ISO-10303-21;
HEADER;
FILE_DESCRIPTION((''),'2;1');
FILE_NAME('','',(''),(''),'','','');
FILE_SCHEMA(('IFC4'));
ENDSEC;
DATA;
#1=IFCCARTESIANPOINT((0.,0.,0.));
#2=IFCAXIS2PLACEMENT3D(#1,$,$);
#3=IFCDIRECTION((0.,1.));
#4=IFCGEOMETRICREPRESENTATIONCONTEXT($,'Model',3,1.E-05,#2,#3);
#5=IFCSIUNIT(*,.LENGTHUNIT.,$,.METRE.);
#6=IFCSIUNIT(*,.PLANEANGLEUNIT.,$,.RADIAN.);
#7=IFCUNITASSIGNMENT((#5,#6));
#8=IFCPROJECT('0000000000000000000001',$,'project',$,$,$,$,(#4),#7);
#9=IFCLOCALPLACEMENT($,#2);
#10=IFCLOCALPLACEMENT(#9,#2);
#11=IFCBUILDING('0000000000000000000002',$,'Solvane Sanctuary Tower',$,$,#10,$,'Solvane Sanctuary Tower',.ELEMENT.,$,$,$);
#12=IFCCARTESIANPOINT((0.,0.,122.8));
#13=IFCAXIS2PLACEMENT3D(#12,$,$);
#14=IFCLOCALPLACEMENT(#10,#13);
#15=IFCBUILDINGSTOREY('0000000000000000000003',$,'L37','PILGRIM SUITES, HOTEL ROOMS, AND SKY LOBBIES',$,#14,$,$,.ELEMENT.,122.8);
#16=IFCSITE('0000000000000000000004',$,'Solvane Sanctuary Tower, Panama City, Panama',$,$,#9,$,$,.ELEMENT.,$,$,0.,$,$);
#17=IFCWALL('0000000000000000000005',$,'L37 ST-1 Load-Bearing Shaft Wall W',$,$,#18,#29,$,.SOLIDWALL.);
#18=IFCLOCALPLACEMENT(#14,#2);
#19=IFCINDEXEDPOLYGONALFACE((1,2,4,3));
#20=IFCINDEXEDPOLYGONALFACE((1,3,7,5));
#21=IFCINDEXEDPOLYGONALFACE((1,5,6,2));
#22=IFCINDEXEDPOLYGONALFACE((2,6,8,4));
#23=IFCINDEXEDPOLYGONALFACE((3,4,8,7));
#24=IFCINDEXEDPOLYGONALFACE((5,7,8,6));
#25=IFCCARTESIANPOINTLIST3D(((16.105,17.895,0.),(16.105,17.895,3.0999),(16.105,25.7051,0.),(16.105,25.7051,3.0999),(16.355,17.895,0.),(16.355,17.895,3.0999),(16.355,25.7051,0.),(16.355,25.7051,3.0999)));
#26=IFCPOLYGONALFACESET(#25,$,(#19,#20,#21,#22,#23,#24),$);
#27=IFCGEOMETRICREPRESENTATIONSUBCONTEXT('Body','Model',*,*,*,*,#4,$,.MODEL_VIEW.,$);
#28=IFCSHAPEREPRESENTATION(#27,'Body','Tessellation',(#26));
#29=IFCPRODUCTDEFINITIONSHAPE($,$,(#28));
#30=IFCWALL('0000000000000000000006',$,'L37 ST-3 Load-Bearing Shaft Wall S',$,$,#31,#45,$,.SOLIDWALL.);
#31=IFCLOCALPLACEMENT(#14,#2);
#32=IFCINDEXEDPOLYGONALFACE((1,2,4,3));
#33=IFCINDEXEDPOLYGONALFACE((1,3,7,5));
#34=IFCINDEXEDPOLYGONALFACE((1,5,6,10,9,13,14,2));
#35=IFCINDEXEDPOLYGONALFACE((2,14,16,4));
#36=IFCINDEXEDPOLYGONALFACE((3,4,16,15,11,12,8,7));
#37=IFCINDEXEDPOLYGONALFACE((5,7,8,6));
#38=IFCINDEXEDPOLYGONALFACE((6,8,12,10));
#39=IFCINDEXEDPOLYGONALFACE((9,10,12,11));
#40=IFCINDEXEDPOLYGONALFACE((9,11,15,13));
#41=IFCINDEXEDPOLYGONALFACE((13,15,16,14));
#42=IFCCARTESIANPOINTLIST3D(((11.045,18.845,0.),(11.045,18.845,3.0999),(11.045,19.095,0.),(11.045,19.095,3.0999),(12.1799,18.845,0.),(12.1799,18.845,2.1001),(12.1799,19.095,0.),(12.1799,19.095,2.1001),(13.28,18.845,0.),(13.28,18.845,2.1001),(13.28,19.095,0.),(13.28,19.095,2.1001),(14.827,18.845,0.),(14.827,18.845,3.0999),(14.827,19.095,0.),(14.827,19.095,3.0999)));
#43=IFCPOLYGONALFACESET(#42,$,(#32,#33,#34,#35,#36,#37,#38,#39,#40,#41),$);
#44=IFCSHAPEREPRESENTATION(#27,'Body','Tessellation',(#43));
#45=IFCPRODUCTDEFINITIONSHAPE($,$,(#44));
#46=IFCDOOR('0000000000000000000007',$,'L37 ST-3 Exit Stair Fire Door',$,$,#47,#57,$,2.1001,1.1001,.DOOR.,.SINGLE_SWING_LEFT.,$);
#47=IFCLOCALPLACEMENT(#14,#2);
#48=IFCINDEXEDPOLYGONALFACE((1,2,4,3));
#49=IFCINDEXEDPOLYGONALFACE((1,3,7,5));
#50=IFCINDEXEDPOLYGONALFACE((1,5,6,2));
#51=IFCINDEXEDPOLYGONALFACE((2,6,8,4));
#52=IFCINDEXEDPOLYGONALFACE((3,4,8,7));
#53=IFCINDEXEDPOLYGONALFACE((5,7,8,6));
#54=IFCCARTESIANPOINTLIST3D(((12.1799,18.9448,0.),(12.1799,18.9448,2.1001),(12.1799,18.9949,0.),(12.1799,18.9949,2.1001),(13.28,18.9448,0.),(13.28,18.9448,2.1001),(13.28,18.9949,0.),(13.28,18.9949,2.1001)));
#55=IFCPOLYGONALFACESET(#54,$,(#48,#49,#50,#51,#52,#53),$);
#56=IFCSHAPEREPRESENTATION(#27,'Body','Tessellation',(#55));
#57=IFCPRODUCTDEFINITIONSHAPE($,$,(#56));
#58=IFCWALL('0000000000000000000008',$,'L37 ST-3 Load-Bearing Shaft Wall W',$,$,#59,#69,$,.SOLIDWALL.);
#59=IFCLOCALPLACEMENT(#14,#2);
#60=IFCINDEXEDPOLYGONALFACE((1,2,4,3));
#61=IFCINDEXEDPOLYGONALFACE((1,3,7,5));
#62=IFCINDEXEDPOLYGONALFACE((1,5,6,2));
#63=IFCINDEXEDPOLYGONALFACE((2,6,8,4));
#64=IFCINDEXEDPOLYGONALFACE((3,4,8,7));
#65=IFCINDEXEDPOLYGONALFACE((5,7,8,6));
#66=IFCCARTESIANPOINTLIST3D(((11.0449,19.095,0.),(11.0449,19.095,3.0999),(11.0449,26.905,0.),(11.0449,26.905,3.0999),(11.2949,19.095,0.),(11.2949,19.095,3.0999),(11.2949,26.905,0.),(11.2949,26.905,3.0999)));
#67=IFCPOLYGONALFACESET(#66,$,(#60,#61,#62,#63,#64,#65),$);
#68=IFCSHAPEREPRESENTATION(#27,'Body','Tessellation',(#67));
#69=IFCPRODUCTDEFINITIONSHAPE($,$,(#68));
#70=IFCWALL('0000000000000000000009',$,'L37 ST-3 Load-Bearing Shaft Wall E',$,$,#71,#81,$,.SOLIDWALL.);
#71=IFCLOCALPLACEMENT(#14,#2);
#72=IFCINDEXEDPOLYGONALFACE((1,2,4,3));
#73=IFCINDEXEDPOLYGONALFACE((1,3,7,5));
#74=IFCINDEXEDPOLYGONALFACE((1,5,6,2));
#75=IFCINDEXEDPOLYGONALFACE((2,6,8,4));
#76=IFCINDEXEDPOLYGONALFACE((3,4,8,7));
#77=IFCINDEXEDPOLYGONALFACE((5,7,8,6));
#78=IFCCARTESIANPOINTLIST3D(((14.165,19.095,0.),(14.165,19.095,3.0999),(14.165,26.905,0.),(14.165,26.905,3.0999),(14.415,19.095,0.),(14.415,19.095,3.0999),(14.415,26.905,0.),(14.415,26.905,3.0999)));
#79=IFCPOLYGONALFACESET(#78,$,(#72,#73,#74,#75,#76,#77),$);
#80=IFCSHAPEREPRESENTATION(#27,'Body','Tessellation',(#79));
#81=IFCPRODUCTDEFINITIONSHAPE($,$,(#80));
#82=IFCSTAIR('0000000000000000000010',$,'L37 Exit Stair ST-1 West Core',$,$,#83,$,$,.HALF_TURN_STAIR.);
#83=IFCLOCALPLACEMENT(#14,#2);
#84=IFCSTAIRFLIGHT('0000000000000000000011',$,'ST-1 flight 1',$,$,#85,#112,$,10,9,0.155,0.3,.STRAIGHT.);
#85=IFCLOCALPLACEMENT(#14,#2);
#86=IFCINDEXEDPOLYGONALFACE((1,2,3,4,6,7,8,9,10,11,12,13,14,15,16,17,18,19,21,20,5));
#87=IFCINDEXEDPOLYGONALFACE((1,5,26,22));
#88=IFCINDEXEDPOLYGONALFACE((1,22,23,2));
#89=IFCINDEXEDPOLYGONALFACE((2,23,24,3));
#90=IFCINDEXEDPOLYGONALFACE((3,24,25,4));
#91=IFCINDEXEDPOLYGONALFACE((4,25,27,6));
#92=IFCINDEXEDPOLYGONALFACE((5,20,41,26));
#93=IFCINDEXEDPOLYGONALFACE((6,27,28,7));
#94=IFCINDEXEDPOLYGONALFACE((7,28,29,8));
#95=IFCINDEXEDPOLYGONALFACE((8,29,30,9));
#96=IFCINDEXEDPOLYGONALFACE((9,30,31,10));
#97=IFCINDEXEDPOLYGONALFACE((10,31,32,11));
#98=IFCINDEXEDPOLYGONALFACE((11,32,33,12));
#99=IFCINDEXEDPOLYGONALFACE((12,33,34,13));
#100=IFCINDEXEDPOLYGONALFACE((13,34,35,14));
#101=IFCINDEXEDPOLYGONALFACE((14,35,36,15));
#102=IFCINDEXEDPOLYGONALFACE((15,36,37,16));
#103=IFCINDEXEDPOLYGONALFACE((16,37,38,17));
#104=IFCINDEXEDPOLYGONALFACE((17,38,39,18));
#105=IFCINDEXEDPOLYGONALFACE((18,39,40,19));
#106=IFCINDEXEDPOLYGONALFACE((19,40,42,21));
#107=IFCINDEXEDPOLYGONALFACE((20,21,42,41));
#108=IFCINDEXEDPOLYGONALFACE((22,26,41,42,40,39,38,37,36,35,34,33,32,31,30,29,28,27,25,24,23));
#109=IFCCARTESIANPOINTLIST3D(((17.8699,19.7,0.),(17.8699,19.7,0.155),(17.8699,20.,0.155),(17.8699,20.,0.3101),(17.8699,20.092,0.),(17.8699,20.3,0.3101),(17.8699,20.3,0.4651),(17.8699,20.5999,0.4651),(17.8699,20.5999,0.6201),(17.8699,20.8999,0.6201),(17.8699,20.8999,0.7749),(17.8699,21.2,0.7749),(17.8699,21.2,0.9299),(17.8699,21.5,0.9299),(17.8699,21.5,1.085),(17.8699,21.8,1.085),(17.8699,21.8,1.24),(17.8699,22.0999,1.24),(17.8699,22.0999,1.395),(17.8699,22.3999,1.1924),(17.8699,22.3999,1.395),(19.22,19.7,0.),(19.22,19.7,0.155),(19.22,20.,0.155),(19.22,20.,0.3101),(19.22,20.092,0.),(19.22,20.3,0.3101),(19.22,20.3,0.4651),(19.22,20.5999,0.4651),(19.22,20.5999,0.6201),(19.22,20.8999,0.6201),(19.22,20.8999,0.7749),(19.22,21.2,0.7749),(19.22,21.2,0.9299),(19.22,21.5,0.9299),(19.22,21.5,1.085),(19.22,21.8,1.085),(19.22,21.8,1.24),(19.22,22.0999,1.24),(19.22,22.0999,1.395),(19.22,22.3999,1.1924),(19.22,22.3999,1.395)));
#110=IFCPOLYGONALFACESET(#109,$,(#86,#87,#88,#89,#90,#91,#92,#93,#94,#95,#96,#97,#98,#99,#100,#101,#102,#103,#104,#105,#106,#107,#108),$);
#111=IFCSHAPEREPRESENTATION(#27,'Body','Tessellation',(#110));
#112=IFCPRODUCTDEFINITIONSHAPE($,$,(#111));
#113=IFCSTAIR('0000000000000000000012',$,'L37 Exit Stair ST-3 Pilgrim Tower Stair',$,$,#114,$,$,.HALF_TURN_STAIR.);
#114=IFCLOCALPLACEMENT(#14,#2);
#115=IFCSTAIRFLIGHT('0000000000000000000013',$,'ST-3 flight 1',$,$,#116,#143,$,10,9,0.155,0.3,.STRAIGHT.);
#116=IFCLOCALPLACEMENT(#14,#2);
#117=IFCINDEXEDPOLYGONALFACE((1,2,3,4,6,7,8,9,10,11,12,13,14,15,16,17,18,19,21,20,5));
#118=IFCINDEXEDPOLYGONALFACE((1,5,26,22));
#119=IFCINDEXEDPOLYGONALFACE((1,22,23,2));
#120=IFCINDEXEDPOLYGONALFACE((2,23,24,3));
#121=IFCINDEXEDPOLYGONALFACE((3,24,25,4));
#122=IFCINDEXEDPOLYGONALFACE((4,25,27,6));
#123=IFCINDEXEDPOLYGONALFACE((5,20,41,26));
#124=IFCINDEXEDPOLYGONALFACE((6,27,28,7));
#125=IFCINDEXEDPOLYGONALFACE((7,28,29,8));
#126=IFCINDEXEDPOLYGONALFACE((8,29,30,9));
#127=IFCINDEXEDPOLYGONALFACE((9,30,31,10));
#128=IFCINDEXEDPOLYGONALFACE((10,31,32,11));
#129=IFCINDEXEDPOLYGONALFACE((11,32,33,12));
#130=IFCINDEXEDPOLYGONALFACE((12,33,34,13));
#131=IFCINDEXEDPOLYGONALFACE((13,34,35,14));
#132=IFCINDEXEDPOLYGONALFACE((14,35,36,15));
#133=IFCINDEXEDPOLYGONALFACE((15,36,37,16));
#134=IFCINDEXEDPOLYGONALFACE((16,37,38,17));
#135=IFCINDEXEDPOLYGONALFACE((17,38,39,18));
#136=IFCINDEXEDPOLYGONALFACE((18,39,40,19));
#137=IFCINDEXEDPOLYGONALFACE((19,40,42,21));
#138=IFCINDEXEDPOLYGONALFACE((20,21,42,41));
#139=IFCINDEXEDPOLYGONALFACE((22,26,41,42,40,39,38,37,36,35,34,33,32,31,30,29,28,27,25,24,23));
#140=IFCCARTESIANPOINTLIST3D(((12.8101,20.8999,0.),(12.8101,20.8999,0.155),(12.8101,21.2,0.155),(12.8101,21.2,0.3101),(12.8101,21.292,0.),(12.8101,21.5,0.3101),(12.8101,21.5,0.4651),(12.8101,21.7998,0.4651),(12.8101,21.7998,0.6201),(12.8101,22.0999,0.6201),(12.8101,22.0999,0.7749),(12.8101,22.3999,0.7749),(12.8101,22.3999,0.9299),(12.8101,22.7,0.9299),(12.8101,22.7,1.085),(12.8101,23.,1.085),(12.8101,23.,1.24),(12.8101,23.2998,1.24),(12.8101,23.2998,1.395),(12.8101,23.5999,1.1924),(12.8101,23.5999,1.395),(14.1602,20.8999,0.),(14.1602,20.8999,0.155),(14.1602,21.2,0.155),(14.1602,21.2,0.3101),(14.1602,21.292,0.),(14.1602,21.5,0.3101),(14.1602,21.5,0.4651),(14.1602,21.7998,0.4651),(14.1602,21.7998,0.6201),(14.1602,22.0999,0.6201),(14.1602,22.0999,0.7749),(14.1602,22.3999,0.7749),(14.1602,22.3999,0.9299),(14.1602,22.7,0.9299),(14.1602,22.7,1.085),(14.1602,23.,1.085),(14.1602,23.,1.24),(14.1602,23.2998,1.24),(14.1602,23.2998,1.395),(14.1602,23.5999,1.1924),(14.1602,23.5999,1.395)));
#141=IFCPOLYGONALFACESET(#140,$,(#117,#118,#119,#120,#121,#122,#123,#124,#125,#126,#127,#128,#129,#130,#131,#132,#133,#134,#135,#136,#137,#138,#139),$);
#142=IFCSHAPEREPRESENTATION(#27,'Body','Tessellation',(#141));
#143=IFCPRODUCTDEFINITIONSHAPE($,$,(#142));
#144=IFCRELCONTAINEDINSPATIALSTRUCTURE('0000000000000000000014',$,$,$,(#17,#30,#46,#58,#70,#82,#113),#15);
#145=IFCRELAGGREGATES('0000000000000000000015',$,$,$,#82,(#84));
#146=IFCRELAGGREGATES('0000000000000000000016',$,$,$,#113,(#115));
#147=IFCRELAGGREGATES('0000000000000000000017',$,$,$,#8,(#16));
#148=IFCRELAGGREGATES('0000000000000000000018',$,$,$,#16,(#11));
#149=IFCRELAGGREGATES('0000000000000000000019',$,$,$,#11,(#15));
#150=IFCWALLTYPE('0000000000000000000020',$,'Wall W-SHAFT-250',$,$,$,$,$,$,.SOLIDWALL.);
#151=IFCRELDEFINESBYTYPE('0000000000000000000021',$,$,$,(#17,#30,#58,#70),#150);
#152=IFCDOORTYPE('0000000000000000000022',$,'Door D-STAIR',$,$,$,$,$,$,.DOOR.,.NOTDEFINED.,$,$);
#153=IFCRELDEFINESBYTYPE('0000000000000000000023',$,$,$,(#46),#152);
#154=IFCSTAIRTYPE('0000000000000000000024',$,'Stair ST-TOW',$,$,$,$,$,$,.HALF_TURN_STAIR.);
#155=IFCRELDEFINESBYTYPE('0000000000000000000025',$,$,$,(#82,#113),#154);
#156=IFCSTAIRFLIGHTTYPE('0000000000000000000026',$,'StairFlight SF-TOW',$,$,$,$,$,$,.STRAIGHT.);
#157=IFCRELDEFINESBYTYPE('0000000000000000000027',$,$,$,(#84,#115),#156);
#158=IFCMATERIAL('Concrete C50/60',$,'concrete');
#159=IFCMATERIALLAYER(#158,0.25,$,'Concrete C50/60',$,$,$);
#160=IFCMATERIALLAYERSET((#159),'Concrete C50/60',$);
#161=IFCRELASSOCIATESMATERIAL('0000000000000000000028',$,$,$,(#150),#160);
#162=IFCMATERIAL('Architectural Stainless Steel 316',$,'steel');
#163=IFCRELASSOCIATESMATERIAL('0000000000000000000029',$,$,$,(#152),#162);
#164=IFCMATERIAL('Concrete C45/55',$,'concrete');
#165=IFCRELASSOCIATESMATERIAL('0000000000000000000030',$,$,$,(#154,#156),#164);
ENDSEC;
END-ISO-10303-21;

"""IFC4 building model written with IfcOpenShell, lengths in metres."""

from ifc_helpers import new_model, si_unit, direction, frame, frame_2d, origin, place, context, subcontext, project, spatial, polyline, rectangle, outline, extrude, material, layer, layer_set, type_object, element, fill, aggregate, save


model = new_model("IFC4")

# Units and contexts
model_context = context("Model", 3, precision=1e-05, world=origin(), true_north=direction((0.0, 1.0)))
body_context = subcontext(model_context, "Body", "Model", "MODEL_VIEW")
ifc_project = project(units=[si_unit("LENGTHUNIT", "METRE"), si_unit("PLANEANGLEUNIT", "RADIAN")], contexts=[model_context])

# Site, building, storey
site_placement = place(None, origin())
site = spatial("IfcSite", under=ifc_project, at=site_placement, Name="Solvane Sanctuary Tower, Panama City, Panama", CompositionType="ELEMENT", RefElevation=0.0)
building_placement = place(site_placement, origin())
building = spatial("IfcBuilding", under=site, at=building_placement, Name="Solvane Sanctuary Tower", LongName="Solvane Sanctuary Tower", CompositionType="ELEMENT")
storey_placement = place(building_placement, frame((0.0, 0.0, 122.8)))
storey = spatial("IfcBuildingStorey", under=building, at=storey_placement, Name="L37", Description="PILGRIM SUITES, HOTEL ROOMS, AND SKY LOBBIES", CompositionType="ELEMENT", Elevation=122.8)

# Shared definitions
ifc_material_1 = material(Name="Concrete C50/60", Category="concrete")
ifc_layer_1 = layer(ifc_material_1, 0.25, Name="Concrete C50/60")
ifc_layer_set_1 = layer_set([ifc_layer_1], Name="Concrete C50/60")
wall_type_1 = type_object("IfcWallType", Name="Wall W-SHAFT-250", PredefinedType="SOLIDWALL", material=ifc_layer_set_1)
ifc_material_2 = material(Name="Architectural Stainless Steel 316", Category="steel")
door_type_1 = type_object("IfcDoorType", Name="Door D-STAIR", OperationType="NOTDEFINED", PredefinedType="DOOR", material=ifc_material_2)

# Wall
wall_1_placement = place(storey_placement, frame((16.23, 17.895, 0.0), z_axis=(0.0, 0.0, 1.0), x_axis=(0.0, 1.0, 0.0)))
element("IfcWall", 1, at=wall_1_placement, inside=storey, type_object=wall_type_1, Name="L37 ST-1 Load-Bearing Shaft Wall W", PredefinedType="SOLIDWALL", context=body_context, shape_type="SweptSolid", body=[
    extrude(rectangle(XDim=7.8101, YDim=0.25, at=frame_2d((3.905, 0.0))), origin(), (0.0, 0.0, 1.0), 3.0999),
])

# Wall, opening, door
wall_2_placement = place(storey_placement, frame((11.0449, 18.97, 0.0), z_axis=(0.0, 0.0, 1.0), x_axis=(1.0, 0.0, 0.0)))
wall_2 = element("IfcWall", 2, at=wall_2_placement, inside=storey, type_object=wall_type_1, Name="L37 ST-3 Load-Bearing Shaft Wall S", PredefinedType="SOLIDWALL", context=body_context, shape_type="SweptSolid", body=[
    extrude(rectangle(XDim=3.782, YDim=0.25, at=frame_2d((1.8911, 0.0))), origin(), (0.0, 0.0, 1.0), 3.0999),
])
opening_1_placement = place(wall_2_placement, frame((1.135, 0.0, 0.0)))
opening_1 = element("IfcOpeningElement", 3, at=opening_1_placement, cuts=wall_2, PredefinedType="OPENING", context=body_context, shape_type="SweptSolid", body=[
    extrude(rectangle(XDim=1.1001, YDim=2.1001, at=frame_2d((0.55, 1.05))), frame((0.0, 0.135, 0.0), z_axis=(0.0, -1.0, 0.0), x_axis=(1.0, 0.0, 0.0)), (0.0, 0.0, 1.0), 0.27),
])
door_1_placement = place(opening_1_placement, origin())
door_1 = element("IfcDoor", 4, at=door_1_placement, inside=storey, type_object=door_type_1, Name="L37 ST-3 Exit Stair Fire Door", OperationType="SINGLE_SWING_LEFT", OverallHeight=2.1001, OverallWidth=1.1001, PredefinedType="DOOR", context=body_context, shape_type="SweptSolid", body=[
    extrude(rectangle(XDim=1.1001, YDim=2.1001, at=frame_2d((0.55, 1.05))), frame((0.0, 0.0249, 0.0), z_axis=(0.0, -1.0, 0.0), x_axis=(1.0, 0.0, 0.0)), (0.0, 0.0, 1.0), 0.05),
])
fill(opening_1, door_1)

# Walls
for number, where, z_axis, x_axis, name in (
    (5, (11.1699, 19.095, 0.0), (0.0, 0.0, 1.0), (0.0, 1.0, 0.0), "L37 ST-3 Load-Bearing Shaft Wall W"),
    (6, (14.29, 19.095, 0.0), (0.0, 0.0, 1.0), (0.0, 1.0, 0.0), "L37 ST-3 Load-Bearing Shaft Wall E"),
):
    element("IfcWall", number, at=place(storey_placement, frame(where, z_axis=z_axis, x_axis=x_axis)), inside=storey, type_object=wall_type_1, Name=name, PredefinedType="SOLIDWALL", context=body_context, shape_type="SweptSolid", body=[
        extrude(rectangle(XDim=7.8101, YDim=0.25, at=frame_2d((3.905, 0.0))), origin(), (0.0, 0.0, 1.0), 3.0999),
    ])

# Stairs, stair flights
ifc_material_3 = material(Name="Concrete C45/55", Category="concrete")
stair_type = type_object("IfcStairType", Name="Stair ST-TOW", PredefinedType="HALF_TURN_STAIR", material=ifc_material_3)
stair_1_placement = place(storey_placement, origin())
stair_1 = element("IfcStair", 7, at=stair_1_placement, inside=storey, type_object=stair_type, Name="L37 Exit Stair ST-1 West Core", PredefinedType="HALF_TURN_STAIR")
stair_flight_type = type_object("IfcStairFlightType", Name="StairFlight SF-TOW", PredefinedType="STRAIGHT", material=ifc_material_3)
stair_flight_1_placement = place(storey_placement, frame((18.5449, 19.7, 0.0), z_axis=(0.0, 0.0, 1.0), x_axis=(0.0, 1.0, 0.0)))
stair_flight_1 = element("IfcStairFlight", 8, at=stair_flight_1_placement, type_object=stair_flight_type, Name="ST-1 flight 1", NumberOfRisers=10, NumberOfTreads=9, PredefinedType="STRAIGHT", RiserHeight=0.155, TreadLength=0.3, context=body_context, shape_type="SweptSolid", body=[
    extrude(outline(polyline([(0.0, 0.0), (0.0, 0.155), (0.3, 0.155), (0.3, 0.3101), (0.6001, 0.3101), (0.6001, 0.4651), (0.8999, 0.4651), (0.8999, 0.6201), (1.2, 0.6201), (1.2, 0.7749), (1.5, 0.7749), (1.5, 0.9299), (1.8, 0.9299), (1.8, 1.085), (2.1001, 1.085), (2.1001, 1.24), (2.3999, 1.24), (2.3999, 1.395), (2.7, 1.395), (2.7, 1.55), (2.7, 1.1924), (0.3921, 0.0), (0.0, 0.0)])), frame((0.0, 0.675, 0.0), z_axis=(0.0, -1.0, 0.0), x_axis=(1.0, 0.0, 0.0)), (0.0, 0.0, 1.0), 1.3501),
])
aggregate(stair_1, [stair_flight_1])
stair_2_placement = place(storey_placement, origin())
stair_2 = element("IfcStair", 9, at=stair_2_placement, inside=storey, type_object=stair_type, Name="L37 Exit Stair ST-3 Pilgrim Tower Stair", PredefinedType="HALF_TURN_STAIR")
stair_flight_2_placement = place(storey_placement, frame((13.4851, 20.8999, 0.0), z_axis=(0.0, 0.0, 1.0), x_axis=(0.0, 1.0, 0.0)))
stair_flight_2 = element("IfcStairFlight", 10, at=stair_flight_2_placement, type_object=stair_flight_type, Name="ST-3 flight 1", NumberOfRisers=10, NumberOfTreads=9, PredefinedType="STRAIGHT", RiserHeight=0.155, TreadLength=0.3, context=body_context, shape_type="SweptSolid", body=[
    extrude(outline(polyline([(0.0, 0.0), (0.0, 0.155), (0.3, 0.155), (0.3, 0.3101), (0.6001, 0.3101), (0.6001, 0.4651), (0.8999, 0.4651), (0.8999, 0.6201), (1.2, 0.6201), (1.2, 0.7749), (1.5, 0.7749), (1.5, 0.9299), (1.8, 0.9299), (1.8, 1.085), (2.1001, 1.085), (2.1001, 1.24), (2.3999, 1.24), (2.3999, 1.395), (2.7, 1.395), (2.7, 1.55), (2.7, 1.1924), (0.3921, 0.0), (0.0, 0.0)])), frame((0.0, 0.675, 0.0), z_axis=(0.0, -1.0, 0.0), x_axis=(1.0, 0.0, 0.0)), (0.0, 0.0, 1.0), 1.3501),
])
aggregate(stair_2, [stair_flight_2])

save(model, "model.ifc")
